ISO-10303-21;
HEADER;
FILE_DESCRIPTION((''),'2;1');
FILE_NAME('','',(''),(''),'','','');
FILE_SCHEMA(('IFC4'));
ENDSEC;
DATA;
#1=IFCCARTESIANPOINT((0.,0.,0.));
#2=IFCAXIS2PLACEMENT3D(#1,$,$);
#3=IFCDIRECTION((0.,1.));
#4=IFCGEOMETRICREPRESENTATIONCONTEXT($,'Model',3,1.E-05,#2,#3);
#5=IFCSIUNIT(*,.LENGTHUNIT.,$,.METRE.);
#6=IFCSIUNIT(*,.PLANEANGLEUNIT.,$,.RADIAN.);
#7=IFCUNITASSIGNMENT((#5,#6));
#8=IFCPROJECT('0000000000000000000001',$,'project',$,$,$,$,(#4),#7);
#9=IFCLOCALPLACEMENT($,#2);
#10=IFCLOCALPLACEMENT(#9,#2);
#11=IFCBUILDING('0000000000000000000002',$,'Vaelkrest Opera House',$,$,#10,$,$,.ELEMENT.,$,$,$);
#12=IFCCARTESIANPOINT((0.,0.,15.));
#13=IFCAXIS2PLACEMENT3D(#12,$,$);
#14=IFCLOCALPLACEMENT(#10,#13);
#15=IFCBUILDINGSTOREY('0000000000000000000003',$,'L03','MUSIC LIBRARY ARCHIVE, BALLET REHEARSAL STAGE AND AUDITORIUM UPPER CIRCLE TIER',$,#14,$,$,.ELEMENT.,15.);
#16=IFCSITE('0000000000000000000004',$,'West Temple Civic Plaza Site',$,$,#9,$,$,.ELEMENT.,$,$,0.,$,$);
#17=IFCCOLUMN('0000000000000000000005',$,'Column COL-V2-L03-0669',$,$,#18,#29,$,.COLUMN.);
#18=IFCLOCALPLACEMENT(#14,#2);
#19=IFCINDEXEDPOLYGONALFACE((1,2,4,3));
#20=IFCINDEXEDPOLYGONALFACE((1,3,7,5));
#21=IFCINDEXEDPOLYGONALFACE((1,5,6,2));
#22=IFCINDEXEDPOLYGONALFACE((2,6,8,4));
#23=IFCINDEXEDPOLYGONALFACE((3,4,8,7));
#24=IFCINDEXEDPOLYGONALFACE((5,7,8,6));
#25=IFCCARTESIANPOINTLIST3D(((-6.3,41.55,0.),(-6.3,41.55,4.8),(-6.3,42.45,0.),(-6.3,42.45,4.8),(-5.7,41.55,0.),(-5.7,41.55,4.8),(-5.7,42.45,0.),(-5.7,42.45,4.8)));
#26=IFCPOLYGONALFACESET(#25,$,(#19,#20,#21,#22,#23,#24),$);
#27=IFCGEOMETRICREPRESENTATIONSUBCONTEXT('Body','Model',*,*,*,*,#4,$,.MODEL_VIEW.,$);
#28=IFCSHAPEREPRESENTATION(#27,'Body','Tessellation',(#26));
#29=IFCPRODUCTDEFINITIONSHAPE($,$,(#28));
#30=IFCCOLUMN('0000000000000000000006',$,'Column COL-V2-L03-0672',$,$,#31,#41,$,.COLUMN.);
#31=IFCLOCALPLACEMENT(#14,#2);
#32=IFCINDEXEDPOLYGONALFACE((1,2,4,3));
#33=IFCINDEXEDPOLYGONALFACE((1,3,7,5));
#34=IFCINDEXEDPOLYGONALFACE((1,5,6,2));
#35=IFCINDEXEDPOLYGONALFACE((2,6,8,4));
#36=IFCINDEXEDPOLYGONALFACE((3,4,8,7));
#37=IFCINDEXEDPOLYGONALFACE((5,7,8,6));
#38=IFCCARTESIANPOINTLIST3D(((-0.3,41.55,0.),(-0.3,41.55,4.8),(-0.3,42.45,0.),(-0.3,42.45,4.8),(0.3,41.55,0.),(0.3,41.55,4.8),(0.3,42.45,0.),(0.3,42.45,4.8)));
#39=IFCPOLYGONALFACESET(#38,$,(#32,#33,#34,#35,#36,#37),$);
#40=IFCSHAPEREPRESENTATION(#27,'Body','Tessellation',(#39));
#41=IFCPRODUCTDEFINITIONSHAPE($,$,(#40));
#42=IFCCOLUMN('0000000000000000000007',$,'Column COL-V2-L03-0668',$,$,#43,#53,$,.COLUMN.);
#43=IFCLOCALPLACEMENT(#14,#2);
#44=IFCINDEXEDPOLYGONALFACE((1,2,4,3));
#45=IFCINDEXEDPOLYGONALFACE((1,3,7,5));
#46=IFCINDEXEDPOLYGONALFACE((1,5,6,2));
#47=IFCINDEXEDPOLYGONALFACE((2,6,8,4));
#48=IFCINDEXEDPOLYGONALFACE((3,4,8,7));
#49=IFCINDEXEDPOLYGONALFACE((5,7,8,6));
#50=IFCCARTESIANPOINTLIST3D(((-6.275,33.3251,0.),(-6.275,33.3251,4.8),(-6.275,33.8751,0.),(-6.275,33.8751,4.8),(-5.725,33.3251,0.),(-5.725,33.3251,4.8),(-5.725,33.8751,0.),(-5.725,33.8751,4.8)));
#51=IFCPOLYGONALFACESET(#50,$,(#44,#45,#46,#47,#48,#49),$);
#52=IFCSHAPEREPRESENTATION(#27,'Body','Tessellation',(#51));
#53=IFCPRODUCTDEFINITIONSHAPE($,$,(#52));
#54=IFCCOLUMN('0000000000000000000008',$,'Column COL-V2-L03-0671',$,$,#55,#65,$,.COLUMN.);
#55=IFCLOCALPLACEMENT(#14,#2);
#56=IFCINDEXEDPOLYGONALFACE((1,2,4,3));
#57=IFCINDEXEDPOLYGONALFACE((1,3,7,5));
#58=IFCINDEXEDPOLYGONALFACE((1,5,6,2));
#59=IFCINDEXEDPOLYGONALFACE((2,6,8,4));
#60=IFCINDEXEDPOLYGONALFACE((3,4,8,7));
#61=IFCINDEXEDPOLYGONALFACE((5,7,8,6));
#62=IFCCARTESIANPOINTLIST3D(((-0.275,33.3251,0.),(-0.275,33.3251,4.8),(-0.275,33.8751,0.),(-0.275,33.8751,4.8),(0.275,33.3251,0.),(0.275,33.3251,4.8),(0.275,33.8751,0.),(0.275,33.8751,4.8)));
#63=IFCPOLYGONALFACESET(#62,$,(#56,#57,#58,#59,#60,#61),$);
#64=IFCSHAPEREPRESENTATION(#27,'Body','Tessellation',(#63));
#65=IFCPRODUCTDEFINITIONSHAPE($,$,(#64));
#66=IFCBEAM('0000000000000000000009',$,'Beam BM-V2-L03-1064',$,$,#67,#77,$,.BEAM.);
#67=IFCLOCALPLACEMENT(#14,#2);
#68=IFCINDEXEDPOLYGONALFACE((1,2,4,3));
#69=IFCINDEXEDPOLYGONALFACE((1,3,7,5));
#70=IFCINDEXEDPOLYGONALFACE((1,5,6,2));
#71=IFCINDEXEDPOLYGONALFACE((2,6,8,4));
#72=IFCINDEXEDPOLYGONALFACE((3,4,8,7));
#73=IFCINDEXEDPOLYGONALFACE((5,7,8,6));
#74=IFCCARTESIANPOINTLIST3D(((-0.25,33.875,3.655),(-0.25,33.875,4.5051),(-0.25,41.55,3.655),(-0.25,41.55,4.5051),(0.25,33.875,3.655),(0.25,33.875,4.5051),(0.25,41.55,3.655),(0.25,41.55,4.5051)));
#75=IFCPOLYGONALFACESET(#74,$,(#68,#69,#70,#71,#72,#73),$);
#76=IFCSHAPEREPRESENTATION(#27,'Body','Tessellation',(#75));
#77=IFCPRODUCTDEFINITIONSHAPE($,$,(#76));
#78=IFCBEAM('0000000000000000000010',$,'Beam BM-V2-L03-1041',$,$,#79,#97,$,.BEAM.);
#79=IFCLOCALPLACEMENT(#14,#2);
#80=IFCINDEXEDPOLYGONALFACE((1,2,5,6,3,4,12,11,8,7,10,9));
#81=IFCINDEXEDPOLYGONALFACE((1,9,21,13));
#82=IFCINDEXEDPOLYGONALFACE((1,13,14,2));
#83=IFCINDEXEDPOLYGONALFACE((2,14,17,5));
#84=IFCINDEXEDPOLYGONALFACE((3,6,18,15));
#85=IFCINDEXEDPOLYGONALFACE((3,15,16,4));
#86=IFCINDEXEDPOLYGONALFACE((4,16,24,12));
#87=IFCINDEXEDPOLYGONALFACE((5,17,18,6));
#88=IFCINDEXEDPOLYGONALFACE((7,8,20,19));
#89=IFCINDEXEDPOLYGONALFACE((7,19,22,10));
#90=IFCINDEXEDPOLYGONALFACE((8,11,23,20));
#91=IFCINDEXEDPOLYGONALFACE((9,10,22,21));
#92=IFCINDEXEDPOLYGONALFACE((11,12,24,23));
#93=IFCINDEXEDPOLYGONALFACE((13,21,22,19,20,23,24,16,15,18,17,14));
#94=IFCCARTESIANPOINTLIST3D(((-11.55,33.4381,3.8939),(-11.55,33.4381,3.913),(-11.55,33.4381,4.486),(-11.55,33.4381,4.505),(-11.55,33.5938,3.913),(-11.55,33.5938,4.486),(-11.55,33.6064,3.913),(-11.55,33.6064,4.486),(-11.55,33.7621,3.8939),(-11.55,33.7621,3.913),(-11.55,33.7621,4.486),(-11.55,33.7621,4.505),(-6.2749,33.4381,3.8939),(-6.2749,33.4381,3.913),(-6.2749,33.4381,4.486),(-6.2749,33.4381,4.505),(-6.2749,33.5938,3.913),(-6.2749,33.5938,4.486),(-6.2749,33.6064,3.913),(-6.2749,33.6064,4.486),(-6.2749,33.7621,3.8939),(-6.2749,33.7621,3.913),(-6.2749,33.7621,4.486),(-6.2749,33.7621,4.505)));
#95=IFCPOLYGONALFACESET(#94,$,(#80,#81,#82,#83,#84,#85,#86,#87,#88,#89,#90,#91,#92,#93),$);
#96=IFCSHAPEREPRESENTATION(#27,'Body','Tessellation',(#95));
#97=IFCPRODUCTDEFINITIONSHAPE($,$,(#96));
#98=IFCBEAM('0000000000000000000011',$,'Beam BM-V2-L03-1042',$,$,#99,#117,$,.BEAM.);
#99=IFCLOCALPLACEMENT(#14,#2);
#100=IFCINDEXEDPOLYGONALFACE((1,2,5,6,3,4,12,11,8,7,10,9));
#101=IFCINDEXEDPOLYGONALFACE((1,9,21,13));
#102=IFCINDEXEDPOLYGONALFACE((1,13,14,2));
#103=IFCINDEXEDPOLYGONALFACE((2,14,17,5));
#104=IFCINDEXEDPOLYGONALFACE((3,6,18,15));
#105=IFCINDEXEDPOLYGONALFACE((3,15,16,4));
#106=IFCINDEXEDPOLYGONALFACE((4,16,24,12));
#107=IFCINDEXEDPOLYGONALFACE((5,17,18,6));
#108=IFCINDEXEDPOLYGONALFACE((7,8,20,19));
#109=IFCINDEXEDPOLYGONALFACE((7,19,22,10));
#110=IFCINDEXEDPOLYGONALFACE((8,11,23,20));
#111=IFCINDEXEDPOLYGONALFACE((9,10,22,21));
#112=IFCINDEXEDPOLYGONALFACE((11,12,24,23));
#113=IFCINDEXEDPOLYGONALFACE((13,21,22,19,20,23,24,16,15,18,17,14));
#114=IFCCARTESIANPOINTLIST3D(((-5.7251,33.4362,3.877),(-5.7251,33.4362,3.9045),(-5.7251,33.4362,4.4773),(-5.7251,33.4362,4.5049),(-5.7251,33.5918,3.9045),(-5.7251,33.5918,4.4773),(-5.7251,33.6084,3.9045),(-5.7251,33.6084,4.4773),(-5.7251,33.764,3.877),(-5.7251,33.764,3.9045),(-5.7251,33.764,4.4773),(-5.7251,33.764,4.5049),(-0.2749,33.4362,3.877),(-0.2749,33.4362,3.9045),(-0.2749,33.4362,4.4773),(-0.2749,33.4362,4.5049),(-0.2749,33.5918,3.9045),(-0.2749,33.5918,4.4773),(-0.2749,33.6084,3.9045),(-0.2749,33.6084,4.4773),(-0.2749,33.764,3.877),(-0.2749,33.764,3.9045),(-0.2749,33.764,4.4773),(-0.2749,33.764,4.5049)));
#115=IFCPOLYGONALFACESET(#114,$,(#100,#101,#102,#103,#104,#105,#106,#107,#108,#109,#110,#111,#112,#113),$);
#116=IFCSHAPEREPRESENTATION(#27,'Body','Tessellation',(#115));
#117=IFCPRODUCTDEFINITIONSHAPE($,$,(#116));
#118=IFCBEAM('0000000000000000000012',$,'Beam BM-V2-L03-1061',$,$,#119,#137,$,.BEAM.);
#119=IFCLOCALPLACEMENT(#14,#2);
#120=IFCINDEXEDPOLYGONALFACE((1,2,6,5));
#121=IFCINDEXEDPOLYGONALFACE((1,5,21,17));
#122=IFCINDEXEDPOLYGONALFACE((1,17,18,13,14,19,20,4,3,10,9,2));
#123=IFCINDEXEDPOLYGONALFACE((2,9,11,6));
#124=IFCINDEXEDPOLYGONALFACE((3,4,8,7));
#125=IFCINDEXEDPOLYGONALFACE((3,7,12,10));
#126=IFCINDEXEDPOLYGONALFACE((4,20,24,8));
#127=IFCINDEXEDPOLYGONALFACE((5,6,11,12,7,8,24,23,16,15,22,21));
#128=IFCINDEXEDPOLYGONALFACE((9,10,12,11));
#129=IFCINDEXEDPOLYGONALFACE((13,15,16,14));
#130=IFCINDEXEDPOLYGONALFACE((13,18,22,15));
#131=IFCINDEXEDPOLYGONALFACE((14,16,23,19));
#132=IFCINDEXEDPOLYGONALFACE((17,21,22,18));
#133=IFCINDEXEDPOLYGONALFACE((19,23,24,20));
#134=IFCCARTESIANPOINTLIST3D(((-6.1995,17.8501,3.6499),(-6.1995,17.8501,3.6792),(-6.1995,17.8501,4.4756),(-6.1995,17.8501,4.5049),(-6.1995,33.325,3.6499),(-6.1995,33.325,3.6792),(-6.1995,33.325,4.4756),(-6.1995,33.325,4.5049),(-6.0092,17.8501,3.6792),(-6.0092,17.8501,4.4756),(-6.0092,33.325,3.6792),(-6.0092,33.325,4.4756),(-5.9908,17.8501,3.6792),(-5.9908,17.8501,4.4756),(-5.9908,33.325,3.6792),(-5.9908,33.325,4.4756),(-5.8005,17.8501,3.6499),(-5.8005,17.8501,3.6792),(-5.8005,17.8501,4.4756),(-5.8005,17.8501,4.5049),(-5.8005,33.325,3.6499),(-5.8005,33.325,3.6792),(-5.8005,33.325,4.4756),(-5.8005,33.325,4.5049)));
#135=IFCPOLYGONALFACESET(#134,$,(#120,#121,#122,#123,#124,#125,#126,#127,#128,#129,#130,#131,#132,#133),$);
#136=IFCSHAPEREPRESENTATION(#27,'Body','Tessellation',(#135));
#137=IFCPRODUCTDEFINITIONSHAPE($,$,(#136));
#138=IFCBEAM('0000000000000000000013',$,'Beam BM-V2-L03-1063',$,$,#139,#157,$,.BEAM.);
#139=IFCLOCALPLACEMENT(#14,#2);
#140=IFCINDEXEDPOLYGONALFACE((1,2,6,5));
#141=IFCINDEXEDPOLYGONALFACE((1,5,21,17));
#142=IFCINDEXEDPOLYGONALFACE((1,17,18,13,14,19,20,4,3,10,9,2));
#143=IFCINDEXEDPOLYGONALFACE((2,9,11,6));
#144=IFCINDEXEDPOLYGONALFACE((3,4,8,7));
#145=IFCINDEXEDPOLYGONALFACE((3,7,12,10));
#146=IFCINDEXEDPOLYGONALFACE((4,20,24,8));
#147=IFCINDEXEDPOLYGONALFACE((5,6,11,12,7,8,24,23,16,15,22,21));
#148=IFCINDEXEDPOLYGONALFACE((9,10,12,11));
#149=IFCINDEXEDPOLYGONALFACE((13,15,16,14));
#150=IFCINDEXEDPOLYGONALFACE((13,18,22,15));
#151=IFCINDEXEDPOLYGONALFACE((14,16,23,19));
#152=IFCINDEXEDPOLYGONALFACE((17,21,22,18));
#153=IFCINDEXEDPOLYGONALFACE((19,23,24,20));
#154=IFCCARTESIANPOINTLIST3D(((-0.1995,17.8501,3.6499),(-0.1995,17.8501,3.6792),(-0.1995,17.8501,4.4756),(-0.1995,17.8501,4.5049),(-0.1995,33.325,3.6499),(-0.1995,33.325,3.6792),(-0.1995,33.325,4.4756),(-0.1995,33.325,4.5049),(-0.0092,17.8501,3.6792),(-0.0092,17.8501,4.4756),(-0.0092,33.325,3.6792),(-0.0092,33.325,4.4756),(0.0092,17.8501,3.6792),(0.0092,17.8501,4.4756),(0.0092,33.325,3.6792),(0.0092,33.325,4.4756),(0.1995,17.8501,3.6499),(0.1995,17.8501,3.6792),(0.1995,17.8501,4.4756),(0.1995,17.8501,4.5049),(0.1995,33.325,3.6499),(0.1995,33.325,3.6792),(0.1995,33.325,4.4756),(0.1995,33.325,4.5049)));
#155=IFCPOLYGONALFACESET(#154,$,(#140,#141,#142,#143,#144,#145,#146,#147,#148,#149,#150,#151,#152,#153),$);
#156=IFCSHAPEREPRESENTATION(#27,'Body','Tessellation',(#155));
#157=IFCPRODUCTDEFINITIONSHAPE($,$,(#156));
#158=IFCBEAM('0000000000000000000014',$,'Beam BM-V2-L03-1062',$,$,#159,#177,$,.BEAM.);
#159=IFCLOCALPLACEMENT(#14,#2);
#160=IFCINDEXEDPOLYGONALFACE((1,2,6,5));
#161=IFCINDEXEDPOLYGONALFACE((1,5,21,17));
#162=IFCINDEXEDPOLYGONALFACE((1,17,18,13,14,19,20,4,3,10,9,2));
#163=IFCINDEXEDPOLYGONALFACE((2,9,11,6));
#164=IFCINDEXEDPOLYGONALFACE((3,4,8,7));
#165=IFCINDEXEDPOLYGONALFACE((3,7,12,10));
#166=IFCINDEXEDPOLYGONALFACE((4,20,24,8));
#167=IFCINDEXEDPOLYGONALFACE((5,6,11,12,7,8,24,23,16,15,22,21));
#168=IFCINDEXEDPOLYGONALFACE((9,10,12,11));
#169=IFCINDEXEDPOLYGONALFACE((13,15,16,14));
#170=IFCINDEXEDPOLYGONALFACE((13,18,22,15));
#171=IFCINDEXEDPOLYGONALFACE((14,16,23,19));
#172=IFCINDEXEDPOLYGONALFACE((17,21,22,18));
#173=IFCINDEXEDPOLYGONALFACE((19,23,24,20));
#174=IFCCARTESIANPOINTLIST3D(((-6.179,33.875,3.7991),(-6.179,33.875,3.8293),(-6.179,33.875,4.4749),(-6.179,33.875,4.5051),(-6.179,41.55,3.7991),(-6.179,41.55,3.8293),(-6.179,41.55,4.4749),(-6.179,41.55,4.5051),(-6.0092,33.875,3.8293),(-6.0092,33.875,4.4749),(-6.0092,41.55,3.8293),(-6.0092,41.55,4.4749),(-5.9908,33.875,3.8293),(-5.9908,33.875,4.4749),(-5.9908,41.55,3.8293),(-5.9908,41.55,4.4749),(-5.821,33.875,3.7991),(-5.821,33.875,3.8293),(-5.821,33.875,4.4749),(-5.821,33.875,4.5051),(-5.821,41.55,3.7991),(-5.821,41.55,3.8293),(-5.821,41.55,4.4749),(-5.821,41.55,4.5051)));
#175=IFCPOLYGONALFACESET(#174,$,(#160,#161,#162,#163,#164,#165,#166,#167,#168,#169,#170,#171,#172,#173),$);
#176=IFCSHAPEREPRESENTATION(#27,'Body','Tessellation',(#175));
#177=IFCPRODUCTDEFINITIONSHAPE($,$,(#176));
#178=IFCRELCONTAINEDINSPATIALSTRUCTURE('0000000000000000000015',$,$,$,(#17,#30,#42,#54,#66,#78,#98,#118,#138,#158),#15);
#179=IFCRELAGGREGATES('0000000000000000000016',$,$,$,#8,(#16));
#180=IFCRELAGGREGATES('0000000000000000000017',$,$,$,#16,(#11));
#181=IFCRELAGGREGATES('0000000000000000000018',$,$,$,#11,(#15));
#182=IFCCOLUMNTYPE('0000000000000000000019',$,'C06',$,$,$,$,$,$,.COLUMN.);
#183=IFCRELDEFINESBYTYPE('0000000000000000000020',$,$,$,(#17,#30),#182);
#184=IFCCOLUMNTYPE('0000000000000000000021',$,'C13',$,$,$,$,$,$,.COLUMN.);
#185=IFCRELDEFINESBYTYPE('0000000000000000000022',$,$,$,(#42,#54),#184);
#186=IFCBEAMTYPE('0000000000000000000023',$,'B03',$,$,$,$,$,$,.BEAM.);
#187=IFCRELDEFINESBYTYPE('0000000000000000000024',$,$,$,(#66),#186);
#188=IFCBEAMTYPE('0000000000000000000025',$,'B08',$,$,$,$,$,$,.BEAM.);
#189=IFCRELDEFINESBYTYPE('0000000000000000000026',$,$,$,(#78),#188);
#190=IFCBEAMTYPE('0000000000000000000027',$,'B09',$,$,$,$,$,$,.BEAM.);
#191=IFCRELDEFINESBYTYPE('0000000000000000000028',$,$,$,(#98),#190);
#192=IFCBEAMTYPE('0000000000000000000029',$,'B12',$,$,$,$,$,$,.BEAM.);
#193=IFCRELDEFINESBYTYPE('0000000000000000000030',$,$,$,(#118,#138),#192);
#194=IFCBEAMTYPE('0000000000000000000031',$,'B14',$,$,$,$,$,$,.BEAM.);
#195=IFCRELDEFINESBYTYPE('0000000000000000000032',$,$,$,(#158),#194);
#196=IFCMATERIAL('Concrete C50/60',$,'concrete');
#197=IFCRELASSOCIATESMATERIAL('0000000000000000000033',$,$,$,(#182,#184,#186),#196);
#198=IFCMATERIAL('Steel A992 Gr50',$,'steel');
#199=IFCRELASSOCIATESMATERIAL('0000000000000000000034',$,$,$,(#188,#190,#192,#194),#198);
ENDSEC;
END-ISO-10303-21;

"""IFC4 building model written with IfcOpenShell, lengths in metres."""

from ifc_helpers import new_model, si_unit, direction, frame, origin, origin_2d, place, context, subcontext, project, spatial, rectangle, i_section, extrude, material, material_profile, profile_set, type_object, element, save


model = new_model("IFC4")

# Units and contexts
model_context = context("Model", 3, precision=1e-05, world=origin(), true_north=direction((0.0, 1.0)))
body_context = subcontext(model_context, "Body", "Model", "MODEL_VIEW")
ifc_project = project(units=[si_unit("LENGTHUNIT", "METRE"), si_unit("PLANEANGLEUNIT", "RADIAN")], contexts=[model_context])

# Site, building, storey
site_placement = place(None, origin())
site = spatial("IfcSite", under=ifc_project, at=site_placement, Name="West Temple Civic Plaza Site", CompositionType="ELEMENT", RefElevation=0.0)
building_placement = place(site_placement, origin())
building = spatial("IfcBuilding", under=site, at=building_placement, Name="Vaelkrest Opera House", CompositionType="ELEMENT")
storey_placement = place(building_placement, frame((0.0, 0.0, 15.0)))
storey = spatial("IfcBuildingStorey", under=building, at=storey_placement, Name="L03", Description="MUSIC LIBRARY ARCHIVE, BALLET REHEARSAL STAGE AND AUDITORIUM UPPER CIRCLE TIER", CompositionType="ELEMENT", Elevation=15.0)

# Columns
ifc_material_1 = material(Name="Concrete C50/60", Category="concrete")
ifc_material_profile_1 = material_profile(ifc_material_1, rectangle(XDim=0.6001, YDim=0.8999, at=origin_2d()), Name="RC600X900")
ifc_profile_set_1 = profile_set([ifc_material_profile_1], Name="Concrete C50/60")
column_type_1 = type_object("IfcColumnType", Name="C06", PredefinedType="COLUMN", material=ifc_profile_set_1)
for number, where, z_axis, x_axis, name in (
    (1, (-6.0, 42.0, 0.0), (0.0, 0.0, 1.0), (1.0, 0.0, 0.0), "Column COL-V2-L03-0669"),
    (2, (0.0, 42.0, 0.0), (0.0, 0.0, 1.0), (1.0, 0.0, 0.0), "Column COL-V2-L03-0672"),
):
    element("IfcColumn", number, at=place(storey_placement, frame(where, z_axis=z_axis, x_axis=x_axis)), inside=storey, type_object=column_type_1, Name=name, PredefinedType="COLUMN", context=body_context, shape_type="SweptSolid", body=[
        extrude(rectangle(XDim=0.6001, YDim=0.8999, at=origin_2d()), origin(), (0.0, 0.0, 1.0), 4.8),
    ])
ifc_material_profile_2 = material_profile(ifc_material_1, rectangle(XDim=0.55, YDim=0.55, at=origin_2d()), Name="RC550X550")
ifc_profile_set_2 = profile_set([ifc_material_profile_2], Name="Concrete C50/60")
column_type_2 = type_object("IfcColumnType", Name="C13", PredefinedType="COLUMN", material=ifc_profile_set_2)
for number, where, z_axis, x_axis, name in (
    (3, (-6.0, 33.6001, 0.0), (0.0, 0.0, 1.0), (1.0, 0.0, 0.0), "Column COL-V2-L03-0668"),
    (4, (0.0, 33.6001, 0.0), (0.0, 0.0, 1.0), (1.0, 0.0, 0.0), "Column COL-V2-L03-0671"),
):
    element("IfcColumn", number, at=place(storey_placement, frame(where, z_axis=z_axis, x_axis=x_axis)), inside=storey, type_object=column_type_2, Name=name, PredefinedType="COLUMN", context=body_context, shape_type="SweptSolid", body=[
        extrude(rectangle(XDim=0.55, YDim=0.55, at=origin_2d()), origin(), (0.0, 0.0, 1.0), 4.8),
    ])

# Beams
ifc_material_profile_3 = material_profile(ifc_material_1, rectangle(XDim=0.5, YDim=0.8501, at=origin_2d()), Name="RCB500X850")
ifc_profile_set_3 = profile_set([ifc_material_profile_3], Name="Concrete C50/60")
beam_type_1 = type_object("IfcBeamType", Name="B03", PredefinedType="BEAM", material=ifc_profile_set_3)
beam_1_placement = place(storey_placement, frame((0.0, 33.875, 4.0801), z_axis=(0.0, 1.0, 0.0), x_axis=(-1.0, 0.0, 0.0)))
element("IfcBeam", 5, at=beam_1_placement, inside=storey, type_object=beam_type_1, Name="Beam BM-V2-L03-1064", PredefinedType="BEAM", context=body_context, shape_type="SweptSolid", body=[
    extrude(rectangle(XDim=0.5, YDim=0.8501, at=origin_2d()), origin(), (0.0, 0.0, 1.0), 7.675),
])
ifc_material_2 = material(Name="Steel A992 Gr50", Category="steel")
ifc_material_profile_4 = material_profile(ifc_material_2, i_section(OverallWidth=0.324, OverallDepth=0.6111, WebThickness=0.0127, FlangeThickness=0.019, at=origin_2d()), Name="W24X104")
ifc_profile_set_4 = profile_set([ifc_material_profile_4], Name="Steel A992 Gr50")
beam_type_2 = type_object("IfcBeamType", Name="B08", PredefinedType="BEAM", material=ifc_profile_set_4)
beam_2_placement = place(storey_placement, frame((-11.55, 33.6001, 4.1995), z_axis=(1.0, 0.0, 0.0), x_axis=(0.0, 1.0, 0.0)))
element("IfcBeam", 6, at=beam_2_placement, inside=storey, type_object=beam_type_2, Name="Beam BM-V2-L03-1041", PredefinedType="BEAM", context=body_context, shape_type="SweptSolid", body=[
    extrude(i_section(OverallWidth=0.324, OverallDepth=0.6111, WebThickness=0.0127, FlangeThickness=0.019, at=origin_2d()), origin(), (0.0, 0.0, 1.0), 5.2751),
])
ifc_material_profile_5 = material_profile(ifc_material_2, i_section(OverallWidth=0.3279, OverallDepth=0.6279, WebThickness=0.0166, FlangeThickness=0.0276, at=origin_2d()), Name="W24X146")
ifc_profile_set_5 = profile_set([ifc_material_profile_5], Name="Steel A992 Gr50")
beam_type_3 = type_object("IfcBeamType", Name="B09", PredefinedType="BEAM", material=ifc_profile_set_5)
beam_3_placement = place(storey_placement, frame((-5.7251, 33.6001, 4.1909), z_axis=(1.0, 0.0, 0.0), x_axis=(0.0, 1.0, 0.0)))
element("IfcBeam", 7, at=beam_3_placement, inside=storey, type_object=beam_type_3, Name="Beam BM-V2-L03-1042", PredefinedType="BEAM", context=body_context, shape_type="SweptSolid", body=[
    extrude(i_section(OverallWidth=0.3279, OverallDepth=0.6279, WebThickness=0.0166, FlangeThickness=0.0276, at=origin_2d()), origin(), (0.0, 0.0, 1.0), 5.4502),
])
ifc_material_profile_6 = material_profile(ifc_material_2, i_section(OverallWidth=0.3989, OverallDepth=0.855, WebThickness=0.0183, FlangeThickness=0.0293, at=origin_2d()), Name="W33X201")
ifc_profile_set_6 = profile_set([ifc_material_profile_6], Name="Steel A992 Gr50")
beam_type_4 = type_object("IfcBeamType", Name="B12", PredefinedType="BEAM", material=ifc_profile_set_6)
for number, where, z_axis, x_axis, name in (
    (8, (-6.0, 17.8501, 4.0774), (0.0, 1.0, 0.0), (-1.0, 0.0, 0.0), "Beam BM-V2-L03-1061"),
    (9, (0.0, 17.8501, 4.0774), (0.0, 1.0, 0.0), (-1.0, 0.0, 0.0), "Beam BM-V2-L03-1063"),
):
    element("IfcBeam", number, at=place(storey_placement, frame(where, z_axis=z_axis, x_axis=x_axis)), inside=storey, type_object=beam_type_4, Name=name, PredefinedType="BEAM", context=body_context, shape_type="SweptSolid", body=[
        extrude(i_section(OverallWidth=0.3989, OverallDepth=0.855, WebThickness=0.0183, FlangeThickness=0.0293, at=origin_2d()), origin(), (0.0, 0.0, 1.0), 15.4749),
    ])
ifc_material_profile_7 = material_profile(ifc_material_2, i_section(OverallWidth=0.3579, OverallDepth=0.7061, WebThickness=0.0183, FlangeThickness=0.0303, at=origin_2d()), Name="W27X178")
ifc_profile_set_7 = profile_set([ifc_material_profile_7], Name="Steel A992 Gr50")
beam_type_5 = type_object("IfcBeamType", Name="B14", PredefinedType="BEAM", material=ifc_profile_set_7)
beam_4_placement = place(storey_placement, frame((-6.0, 33.875, 4.1521), z_axis=(0.0, 1.0, 0.0), x_axis=(-1.0, 0.0, 0.0)))
element("IfcBeam", 10, at=beam_4_placement, inside=storey, type_object=beam_type_5, Name="Beam BM-V2-L03-1062", PredefinedType="BEAM", context=body_context, shape_type="SweptSolid", body=[
    extrude(i_section(OverallWidth=0.3579, OverallDepth=0.7061, WebThickness=0.0183, FlangeThickness=0.0303, at=origin_2d()), origin(), (0.0, 0.0, 1.0), 7.675),
])

save(model, "model.ifc")
